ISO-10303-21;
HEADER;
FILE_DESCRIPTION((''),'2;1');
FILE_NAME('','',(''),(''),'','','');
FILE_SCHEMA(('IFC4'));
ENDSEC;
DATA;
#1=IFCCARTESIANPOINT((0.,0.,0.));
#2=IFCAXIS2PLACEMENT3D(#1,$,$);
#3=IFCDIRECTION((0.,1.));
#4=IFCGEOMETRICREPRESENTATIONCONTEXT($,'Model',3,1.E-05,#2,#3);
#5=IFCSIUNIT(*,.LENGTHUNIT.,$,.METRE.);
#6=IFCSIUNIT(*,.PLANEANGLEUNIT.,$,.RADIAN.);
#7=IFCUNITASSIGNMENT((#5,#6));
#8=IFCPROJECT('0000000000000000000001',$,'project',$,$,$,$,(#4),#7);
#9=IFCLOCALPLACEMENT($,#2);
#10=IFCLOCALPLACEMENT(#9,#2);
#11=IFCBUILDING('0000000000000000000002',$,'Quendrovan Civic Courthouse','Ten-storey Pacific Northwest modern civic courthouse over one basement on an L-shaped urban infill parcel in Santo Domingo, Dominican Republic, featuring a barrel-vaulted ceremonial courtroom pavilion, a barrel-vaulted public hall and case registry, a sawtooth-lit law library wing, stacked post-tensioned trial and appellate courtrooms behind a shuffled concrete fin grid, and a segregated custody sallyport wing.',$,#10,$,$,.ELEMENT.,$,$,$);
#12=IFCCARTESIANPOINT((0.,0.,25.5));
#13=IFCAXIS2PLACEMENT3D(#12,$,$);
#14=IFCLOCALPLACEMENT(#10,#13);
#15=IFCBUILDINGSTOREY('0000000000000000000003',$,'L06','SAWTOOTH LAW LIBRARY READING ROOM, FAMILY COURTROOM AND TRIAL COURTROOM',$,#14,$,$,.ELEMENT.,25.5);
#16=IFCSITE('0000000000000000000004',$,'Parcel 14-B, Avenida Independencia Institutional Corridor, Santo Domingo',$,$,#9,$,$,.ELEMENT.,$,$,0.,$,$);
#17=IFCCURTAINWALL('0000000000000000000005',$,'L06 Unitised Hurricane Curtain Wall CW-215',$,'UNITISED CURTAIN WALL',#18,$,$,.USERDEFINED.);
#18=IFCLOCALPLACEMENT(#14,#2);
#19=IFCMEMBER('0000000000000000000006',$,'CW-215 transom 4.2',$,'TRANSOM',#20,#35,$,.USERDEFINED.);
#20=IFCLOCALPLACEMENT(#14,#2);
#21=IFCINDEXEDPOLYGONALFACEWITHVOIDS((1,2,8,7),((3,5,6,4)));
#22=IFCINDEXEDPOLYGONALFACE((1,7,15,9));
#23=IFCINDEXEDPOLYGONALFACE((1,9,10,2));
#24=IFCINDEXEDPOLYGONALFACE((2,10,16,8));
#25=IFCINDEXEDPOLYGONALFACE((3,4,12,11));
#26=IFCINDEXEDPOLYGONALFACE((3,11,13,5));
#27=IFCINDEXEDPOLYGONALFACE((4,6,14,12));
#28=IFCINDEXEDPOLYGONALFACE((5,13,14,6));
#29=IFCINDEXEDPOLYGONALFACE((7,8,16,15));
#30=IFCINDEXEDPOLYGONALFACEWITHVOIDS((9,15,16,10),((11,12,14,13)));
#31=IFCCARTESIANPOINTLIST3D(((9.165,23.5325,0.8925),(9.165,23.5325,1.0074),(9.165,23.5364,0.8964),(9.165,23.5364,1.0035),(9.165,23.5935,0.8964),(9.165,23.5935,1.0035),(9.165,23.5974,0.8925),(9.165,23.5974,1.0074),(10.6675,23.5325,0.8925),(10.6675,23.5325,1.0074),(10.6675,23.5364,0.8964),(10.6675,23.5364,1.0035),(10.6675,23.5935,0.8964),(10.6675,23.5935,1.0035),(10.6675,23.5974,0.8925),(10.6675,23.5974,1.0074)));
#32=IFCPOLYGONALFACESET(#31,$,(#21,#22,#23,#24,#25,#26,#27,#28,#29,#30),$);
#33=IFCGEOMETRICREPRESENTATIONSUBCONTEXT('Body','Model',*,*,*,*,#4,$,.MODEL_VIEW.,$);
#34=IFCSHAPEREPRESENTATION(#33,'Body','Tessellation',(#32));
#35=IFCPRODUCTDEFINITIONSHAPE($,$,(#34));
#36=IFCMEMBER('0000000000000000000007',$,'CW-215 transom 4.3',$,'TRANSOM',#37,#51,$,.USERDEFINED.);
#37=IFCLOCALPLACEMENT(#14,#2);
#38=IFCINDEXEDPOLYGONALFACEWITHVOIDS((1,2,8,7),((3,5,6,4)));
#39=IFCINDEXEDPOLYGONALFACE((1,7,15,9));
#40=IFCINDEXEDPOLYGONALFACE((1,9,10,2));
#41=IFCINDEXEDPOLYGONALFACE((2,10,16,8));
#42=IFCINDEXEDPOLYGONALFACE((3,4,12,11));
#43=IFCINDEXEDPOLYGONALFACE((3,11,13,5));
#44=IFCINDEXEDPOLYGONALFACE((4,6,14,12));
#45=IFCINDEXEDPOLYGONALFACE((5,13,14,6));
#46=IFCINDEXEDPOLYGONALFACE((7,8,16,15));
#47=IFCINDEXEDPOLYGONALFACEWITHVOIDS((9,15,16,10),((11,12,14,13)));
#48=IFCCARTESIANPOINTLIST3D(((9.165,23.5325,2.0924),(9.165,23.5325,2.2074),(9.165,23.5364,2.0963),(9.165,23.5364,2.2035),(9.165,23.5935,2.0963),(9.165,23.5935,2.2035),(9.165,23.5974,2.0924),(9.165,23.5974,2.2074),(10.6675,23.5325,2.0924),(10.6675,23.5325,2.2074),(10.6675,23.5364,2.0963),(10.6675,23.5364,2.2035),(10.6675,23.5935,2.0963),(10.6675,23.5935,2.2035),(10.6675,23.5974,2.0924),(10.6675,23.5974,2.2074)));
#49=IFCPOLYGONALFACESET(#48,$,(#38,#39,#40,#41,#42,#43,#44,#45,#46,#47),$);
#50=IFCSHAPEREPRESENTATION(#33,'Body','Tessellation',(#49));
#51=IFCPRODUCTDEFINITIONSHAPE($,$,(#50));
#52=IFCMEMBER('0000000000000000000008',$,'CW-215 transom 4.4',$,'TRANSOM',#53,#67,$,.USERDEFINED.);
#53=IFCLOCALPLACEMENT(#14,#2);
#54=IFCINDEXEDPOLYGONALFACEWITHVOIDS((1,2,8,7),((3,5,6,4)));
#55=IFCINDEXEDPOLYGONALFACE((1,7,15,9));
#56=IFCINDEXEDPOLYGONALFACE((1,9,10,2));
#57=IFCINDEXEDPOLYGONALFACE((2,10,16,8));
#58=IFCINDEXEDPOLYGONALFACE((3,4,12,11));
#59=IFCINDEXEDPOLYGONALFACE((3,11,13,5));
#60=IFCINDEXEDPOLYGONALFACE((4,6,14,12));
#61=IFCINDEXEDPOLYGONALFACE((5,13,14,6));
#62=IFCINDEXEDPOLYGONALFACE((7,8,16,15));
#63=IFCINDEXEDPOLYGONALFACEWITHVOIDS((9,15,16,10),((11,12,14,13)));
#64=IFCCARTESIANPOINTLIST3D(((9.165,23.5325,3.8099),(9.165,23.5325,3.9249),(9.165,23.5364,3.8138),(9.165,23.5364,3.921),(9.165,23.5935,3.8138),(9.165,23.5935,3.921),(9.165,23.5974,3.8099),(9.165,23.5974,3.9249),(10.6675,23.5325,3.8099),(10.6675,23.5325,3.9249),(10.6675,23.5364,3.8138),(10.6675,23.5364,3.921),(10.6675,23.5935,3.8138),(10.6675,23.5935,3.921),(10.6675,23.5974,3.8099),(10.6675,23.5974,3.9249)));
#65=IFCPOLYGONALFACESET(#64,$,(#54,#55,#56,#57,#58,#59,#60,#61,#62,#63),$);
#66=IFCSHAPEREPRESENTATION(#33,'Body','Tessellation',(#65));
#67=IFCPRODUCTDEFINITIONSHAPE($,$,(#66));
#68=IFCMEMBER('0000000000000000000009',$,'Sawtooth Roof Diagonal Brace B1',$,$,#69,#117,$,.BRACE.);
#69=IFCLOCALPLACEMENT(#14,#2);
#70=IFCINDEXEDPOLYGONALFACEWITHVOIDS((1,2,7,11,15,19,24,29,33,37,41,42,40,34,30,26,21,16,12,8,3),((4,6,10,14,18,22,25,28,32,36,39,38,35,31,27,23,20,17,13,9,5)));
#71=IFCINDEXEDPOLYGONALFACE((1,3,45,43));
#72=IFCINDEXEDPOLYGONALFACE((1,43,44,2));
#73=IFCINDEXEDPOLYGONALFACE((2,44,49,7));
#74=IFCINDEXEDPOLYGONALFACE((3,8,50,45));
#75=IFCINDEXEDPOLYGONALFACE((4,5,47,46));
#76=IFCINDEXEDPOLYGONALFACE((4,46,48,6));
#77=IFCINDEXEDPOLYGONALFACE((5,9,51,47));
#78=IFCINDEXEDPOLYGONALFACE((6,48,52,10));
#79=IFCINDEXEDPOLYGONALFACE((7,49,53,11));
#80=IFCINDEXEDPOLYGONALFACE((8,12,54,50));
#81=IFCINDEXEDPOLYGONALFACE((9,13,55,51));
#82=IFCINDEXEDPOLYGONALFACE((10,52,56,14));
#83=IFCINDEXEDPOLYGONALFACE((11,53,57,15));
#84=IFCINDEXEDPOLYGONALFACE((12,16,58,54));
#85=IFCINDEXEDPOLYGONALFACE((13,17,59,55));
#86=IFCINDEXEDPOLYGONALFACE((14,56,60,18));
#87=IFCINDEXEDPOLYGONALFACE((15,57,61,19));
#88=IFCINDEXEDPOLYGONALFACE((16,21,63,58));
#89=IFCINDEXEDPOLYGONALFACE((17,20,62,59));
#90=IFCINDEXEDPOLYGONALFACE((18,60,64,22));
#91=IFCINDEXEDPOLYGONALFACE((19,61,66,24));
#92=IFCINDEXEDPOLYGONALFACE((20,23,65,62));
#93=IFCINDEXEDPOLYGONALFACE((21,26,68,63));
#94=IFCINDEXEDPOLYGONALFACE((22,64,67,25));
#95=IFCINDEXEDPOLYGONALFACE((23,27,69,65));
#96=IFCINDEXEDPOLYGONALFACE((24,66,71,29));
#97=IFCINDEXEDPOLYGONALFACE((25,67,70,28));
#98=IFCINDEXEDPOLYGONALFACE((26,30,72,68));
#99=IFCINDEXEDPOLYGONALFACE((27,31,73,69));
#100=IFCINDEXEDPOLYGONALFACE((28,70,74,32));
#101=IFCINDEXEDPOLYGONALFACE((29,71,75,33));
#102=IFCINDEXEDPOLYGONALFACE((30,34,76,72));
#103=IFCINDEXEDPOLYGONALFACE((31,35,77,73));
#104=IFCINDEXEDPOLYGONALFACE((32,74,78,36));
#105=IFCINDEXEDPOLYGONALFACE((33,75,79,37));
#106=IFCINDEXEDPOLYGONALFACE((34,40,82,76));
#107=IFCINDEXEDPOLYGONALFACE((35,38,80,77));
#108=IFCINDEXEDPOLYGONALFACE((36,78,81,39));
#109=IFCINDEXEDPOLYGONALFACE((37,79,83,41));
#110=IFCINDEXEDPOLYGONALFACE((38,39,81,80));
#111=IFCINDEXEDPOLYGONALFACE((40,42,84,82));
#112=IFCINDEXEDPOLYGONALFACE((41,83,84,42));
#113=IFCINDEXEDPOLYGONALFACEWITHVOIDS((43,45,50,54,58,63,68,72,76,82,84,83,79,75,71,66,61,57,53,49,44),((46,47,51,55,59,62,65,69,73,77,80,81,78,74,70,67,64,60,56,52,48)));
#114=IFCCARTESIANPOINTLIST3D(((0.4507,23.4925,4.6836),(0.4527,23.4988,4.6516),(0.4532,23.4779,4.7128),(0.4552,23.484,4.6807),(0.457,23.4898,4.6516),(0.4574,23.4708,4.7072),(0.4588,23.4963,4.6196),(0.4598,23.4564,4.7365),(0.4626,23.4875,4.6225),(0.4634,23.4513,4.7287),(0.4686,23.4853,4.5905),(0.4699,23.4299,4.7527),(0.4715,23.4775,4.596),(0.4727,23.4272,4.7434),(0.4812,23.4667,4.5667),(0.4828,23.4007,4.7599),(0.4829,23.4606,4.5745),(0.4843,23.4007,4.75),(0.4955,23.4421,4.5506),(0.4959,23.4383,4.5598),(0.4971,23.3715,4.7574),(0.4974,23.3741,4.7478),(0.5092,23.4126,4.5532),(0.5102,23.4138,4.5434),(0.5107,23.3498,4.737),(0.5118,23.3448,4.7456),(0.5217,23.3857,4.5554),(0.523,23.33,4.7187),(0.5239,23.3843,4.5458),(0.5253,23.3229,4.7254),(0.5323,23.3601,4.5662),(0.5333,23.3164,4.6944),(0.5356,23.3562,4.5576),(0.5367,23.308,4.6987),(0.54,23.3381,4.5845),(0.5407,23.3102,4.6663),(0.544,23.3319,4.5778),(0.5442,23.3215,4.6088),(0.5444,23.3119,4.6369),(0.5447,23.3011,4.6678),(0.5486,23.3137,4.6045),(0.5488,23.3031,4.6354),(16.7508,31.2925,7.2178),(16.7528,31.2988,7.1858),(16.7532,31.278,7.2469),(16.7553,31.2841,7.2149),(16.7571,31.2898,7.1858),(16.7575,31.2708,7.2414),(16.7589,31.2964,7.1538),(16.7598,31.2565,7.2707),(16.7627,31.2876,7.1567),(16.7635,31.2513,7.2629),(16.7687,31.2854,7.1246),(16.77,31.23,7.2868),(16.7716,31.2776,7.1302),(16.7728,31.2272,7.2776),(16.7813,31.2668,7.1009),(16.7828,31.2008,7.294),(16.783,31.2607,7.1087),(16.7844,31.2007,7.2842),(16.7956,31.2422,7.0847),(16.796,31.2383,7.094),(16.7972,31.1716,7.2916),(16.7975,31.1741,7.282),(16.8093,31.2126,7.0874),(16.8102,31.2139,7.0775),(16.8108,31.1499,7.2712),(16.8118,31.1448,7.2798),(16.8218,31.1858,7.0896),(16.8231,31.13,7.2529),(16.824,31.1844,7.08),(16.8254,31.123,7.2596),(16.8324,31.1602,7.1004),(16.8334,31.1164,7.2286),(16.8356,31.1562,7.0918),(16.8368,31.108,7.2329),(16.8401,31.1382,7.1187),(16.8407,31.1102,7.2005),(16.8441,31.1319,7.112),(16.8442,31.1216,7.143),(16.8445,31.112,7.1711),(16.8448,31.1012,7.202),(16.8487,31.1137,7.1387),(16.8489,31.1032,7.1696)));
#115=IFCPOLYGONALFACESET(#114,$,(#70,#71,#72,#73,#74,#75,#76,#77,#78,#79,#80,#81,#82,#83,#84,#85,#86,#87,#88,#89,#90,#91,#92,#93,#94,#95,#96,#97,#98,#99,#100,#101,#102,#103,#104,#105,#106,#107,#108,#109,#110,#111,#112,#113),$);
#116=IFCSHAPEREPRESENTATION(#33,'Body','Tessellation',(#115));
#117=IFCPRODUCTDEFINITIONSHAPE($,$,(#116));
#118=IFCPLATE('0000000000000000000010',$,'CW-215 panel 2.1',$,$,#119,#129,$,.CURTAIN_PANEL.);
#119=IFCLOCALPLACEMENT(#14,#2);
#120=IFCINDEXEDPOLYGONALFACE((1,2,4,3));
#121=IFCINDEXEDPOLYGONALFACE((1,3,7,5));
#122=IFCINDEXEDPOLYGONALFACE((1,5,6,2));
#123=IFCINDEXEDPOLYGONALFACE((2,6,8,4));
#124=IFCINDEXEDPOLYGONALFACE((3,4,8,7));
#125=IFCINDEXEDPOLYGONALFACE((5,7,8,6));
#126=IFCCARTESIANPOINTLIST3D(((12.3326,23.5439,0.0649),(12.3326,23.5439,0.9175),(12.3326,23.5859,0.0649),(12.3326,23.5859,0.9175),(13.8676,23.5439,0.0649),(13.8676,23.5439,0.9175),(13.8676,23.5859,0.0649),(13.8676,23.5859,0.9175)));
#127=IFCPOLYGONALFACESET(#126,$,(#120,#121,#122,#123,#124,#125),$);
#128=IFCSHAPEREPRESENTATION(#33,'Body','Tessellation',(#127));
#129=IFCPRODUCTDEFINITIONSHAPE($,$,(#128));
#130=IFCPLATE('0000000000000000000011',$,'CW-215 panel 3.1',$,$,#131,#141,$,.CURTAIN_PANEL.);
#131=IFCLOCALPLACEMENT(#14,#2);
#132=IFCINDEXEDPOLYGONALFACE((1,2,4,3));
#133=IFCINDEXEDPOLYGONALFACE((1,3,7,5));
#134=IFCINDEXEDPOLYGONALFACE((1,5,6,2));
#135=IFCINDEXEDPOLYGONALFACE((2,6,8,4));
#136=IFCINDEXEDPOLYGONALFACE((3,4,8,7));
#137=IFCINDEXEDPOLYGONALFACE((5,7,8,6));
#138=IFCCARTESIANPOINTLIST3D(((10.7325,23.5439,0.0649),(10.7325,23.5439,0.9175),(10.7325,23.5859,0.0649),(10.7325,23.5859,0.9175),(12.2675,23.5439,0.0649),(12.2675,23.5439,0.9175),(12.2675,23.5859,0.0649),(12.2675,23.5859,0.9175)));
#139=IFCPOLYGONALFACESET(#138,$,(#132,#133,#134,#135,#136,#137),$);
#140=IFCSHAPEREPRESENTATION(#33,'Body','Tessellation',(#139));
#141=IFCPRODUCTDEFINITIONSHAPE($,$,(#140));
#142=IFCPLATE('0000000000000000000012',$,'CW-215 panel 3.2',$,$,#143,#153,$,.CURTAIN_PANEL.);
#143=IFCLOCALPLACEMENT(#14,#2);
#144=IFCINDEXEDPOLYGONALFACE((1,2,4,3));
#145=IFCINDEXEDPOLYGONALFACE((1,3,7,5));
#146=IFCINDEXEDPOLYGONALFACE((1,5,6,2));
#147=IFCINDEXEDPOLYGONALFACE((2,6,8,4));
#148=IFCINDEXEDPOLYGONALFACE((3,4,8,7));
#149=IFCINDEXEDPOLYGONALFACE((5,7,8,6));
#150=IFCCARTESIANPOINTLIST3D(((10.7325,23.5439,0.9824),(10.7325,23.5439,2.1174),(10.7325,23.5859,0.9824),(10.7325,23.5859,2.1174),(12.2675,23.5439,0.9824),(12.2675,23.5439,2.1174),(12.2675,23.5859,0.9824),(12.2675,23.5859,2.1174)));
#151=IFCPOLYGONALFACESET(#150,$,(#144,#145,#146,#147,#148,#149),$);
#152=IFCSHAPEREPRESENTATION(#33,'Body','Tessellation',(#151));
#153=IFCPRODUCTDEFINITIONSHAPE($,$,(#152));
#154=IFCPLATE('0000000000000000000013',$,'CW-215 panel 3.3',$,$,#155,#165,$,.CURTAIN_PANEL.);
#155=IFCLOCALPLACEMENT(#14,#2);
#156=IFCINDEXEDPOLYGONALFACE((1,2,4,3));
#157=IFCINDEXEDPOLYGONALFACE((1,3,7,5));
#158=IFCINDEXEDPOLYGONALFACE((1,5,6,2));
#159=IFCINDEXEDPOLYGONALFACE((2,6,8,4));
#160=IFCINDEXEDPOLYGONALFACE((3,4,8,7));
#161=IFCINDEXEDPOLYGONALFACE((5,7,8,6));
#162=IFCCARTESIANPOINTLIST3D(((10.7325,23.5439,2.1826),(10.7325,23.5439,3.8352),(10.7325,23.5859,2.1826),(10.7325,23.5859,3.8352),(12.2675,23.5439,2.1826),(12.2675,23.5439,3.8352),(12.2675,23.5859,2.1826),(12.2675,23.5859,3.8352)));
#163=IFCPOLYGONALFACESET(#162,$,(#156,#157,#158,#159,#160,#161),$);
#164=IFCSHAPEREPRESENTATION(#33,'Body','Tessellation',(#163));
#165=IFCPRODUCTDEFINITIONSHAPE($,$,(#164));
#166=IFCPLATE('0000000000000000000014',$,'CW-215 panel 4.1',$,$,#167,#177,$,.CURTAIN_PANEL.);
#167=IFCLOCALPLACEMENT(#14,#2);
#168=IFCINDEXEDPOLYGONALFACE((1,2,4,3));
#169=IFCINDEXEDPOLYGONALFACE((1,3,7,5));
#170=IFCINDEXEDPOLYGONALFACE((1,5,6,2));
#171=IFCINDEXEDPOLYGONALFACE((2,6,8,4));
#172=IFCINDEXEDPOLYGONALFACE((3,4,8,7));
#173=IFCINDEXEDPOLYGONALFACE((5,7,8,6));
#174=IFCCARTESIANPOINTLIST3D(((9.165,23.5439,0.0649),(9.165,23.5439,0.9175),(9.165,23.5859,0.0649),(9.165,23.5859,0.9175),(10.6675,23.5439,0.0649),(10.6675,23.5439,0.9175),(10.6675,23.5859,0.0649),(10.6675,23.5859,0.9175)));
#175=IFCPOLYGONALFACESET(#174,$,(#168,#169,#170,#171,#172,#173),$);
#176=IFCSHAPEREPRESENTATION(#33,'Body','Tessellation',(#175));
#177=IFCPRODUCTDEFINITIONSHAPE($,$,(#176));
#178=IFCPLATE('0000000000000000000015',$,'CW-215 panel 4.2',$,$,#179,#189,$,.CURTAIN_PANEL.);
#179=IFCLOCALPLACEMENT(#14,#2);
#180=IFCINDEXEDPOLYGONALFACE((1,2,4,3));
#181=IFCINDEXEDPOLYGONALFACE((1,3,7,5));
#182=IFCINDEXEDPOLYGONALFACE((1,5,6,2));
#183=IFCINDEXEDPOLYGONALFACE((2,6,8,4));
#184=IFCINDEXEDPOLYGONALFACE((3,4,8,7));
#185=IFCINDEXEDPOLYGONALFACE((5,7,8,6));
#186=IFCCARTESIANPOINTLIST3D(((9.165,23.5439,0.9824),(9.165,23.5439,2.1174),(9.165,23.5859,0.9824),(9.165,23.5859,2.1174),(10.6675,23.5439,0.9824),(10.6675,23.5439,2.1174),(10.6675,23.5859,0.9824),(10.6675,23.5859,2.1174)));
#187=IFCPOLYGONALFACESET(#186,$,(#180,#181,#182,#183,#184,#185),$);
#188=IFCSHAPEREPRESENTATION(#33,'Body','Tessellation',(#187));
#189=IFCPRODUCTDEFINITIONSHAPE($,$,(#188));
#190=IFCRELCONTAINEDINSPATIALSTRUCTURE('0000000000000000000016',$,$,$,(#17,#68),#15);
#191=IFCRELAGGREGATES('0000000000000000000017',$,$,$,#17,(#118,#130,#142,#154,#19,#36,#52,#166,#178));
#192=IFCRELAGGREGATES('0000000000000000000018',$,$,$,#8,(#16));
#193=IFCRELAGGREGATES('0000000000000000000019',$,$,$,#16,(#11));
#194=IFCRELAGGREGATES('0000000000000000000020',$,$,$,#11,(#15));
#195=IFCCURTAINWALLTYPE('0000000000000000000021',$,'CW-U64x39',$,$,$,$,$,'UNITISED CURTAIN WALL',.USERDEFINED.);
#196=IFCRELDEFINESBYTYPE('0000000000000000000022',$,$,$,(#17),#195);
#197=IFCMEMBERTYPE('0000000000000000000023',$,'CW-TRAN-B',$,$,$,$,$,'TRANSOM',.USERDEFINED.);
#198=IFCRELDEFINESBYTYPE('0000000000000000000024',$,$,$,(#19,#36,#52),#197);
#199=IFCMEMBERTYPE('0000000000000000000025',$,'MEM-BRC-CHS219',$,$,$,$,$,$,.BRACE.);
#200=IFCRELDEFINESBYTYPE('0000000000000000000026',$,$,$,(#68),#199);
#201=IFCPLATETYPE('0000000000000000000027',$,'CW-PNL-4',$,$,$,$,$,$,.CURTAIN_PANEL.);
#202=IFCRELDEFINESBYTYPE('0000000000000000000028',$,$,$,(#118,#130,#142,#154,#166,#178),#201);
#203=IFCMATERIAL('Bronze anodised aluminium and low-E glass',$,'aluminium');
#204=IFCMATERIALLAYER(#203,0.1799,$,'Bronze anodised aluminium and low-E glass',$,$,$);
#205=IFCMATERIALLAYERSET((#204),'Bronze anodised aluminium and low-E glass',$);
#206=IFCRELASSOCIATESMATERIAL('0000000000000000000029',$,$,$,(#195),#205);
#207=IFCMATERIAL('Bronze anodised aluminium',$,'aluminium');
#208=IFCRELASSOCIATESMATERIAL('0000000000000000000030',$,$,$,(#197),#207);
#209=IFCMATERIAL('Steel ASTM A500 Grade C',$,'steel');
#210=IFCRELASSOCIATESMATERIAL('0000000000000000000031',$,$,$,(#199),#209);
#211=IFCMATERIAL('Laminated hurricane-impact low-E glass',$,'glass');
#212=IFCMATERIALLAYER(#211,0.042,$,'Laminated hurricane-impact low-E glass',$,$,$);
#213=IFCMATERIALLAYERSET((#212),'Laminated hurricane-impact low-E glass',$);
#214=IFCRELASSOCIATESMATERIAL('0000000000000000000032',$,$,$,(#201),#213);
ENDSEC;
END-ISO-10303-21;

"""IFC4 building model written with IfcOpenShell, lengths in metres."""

from ifc_helpers import new_model, si_unit, direction, frame, origin, origin_2d, place, context, subcontext, project, spatial, rectangle, hollow_rectangle, hollow_circle, extrude, material, layer, layer_set, material_profile, profile_set, type_object, element, aggregate, save


model = new_model("IFC4")

# Units and contexts
model_context = context("Model", 3, precision=1e-05, world=origin(), true_north=direction((0.0, 1.0)))
body_context = subcontext(model_context, "Body", "Model", "MODEL_VIEW")
ifc_project = project(units=[si_unit("LENGTHUNIT", "METRE"), si_unit("PLANEANGLEUNIT", "RADIAN")], contexts=[model_context])

# Site, building, storey
site_placement = place(None, origin())
site = spatial("IfcSite", under=ifc_project, at=site_placement, Name="Parcel 14-B, Avenida Independencia Institutional Corridor, Santo Domingo", CompositionType="ELEMENT", RefElevation=0.0)
building_placement = place(site_placement, origin())
building = spatial("IfcBuilding", under=site, at=building_placement, Name="Quendrovan Civic Courthouse", Description="Ten-storey Pacific Northwest modern civic courthouse over one basement on an L-shaped urban infill parcel in Santo Domingo, Dominican Republic, featuring a barrel-vaulted ceremonial courtroom pavilion, a barrel-vaulted public hall and case registry, a sawtooth-lit law library wing, stacked post-tensioned trial and appellate courtrooms behind a shuffled concrete fin grid, and a segregated custody sallyport wing.", CompositionType="ELEMENT")
storey_placement = place(building_placement, frame((0.0, 0.0, 25.5)))
storey = spatial("IfcBuildingStorey", under=building, at=storey_placement, Name="L06", Description="SAWTOOTH LAW LIBRARY READING ROOM, FAMILY COURTROOM AND TRIAL COURTROOM", CompositionType="ELEMENT", Elevation=25.5)

# Shared definitions
ifc_material_1 = material(Name="Steel ASTM A500 Grade C", Category="steel")

# Curtain wall, members
ifc_material_2 = material(Name="Bronze anodised aluminium and low-E glass", Category="aluminium")
ifc_layer_1 = layer(ifc_material_2, 0.1799, Name="Bronze anodised aluminium and low-E glass")
ifc_layer_set_1 = layer_set([ifc_layer_1], Name="Bronze anodised aluminium and low-E glass")
curtain_wall_type = type_object("IfcCurtainWallType", Name="CW-U64x39", ElementType="UNITISED CURTAIN WALL", PredefinedType="USERDEFINED", material=ifc_layer_set_1)
curtain_wall_placement = place(storey_placement, origin())
curtain_wall = element("IfcCurtainWall", 1, at=curtain_wall_placement, inside=storey, type_object=curtain_wall_type, Name="L06 Unitised Hurricane Curtain Wall CW-215", ObjectType="UNITISED CURTAIN WALL", PredefinedType="USERDEFINED")
ifc_material_3 = material(Name="Bronze anodised aluminium", Category="aluminium")
ifc_material_profile_1 = material_profile(ifc_material_3, hollow_rectangle(XDim=0.0649, YDim=0.115, WallThickness=0.0039, at=origin_2d()), Name="CW-TRAN-65x115")
ifc_profile_set_1 = profile_set([ifc_material_profile_1], Name="Bronze anodised aluminium")
member_type_1 = type_object("IfcMemberType", Name="CW-TRAN-B", ElementType="TRANSOM", PredefinedType="USERDEFINED", material=ifc_profile_set_1)
member_1_placement = place(storey_placement, frame((10.6675, 23.5649, 0.95), z_axis=(-1.0, 0.0, 0.0), x_axis=(0.0, -1.0, 0.0)))
member_1 = element("IfcMember", 2, at=member_1_placement, type_object=member_type_1, Name="CW-215 transom 4.2", ObjectType="TRANSOM", PredefinedType="USERDEFINED", context=body_context, shape_type="SweptSolid", body=[
    extrude(hollow_rectangle(XDim=0.0649, YDim=0.115, WallThickness=0.0039, at=origin_2d()), origin(), (0.0, 0.0, 1.0), 1.5024),
])
member_2_placement = place(storey_placement, frame((10.6675, 23.5649, 2.1499), z_axis=(-1.0, 0.0, 0.0), x_axis=(0.0, -1.0, 0.0)))
member_2 = element("IfcMember", 3, at=member_2_placement, type_object=member_type_1, Name="CW-215 transom 4.3", ObjectType="TRANSOM", PredefinedType="USERDEFINED", context=body_context, shape_type="SweptSolid", body=[
    extrude(hollow_rectangle(XDim=0.0649, YDim=0.115, WallThickness=0.0039, at=origin_2d()), origin(), (0.0, 0.0, 1.0), 1.5024),
])
member_3_placement = place(storey_placement, frame((10.6675, 23.5649, 3.8674), z_axis=(-1.0, 0.0, 0.0), x_axis=(0.0, -1.0, 0.0)))
member_3 = element("IfcMember", 4, at=member_3_placement, type_object=member_type_1, Name="CW-215 transom 4.4", ObjectType="TRANSOM", PredefinedType="USERDEFINED", context=body_context, shape_type="SweptSolid", body=[
    extrude(hollow_rectangle(XDim=0.0649, YDim=0.115, WallThickness=0.0039, at=origin_2d()), origin(), (0.0, 0.0, 1.0), 1.5024),
])

# Member
ifc_material_profile_2 = material_profile(ifc_material_1, hollow_circle(Radius=0.1096, WallThickness=0.01, at=origin_2d()), Name="CHS219x10")
ifc_profile_set_2 = profile_set([ifc_material_profile_2], Name="Steel ASTM A500 Grade C")
member_type_2 = type_object("IfcMemberType", Name="MEM-BRC-CHS219", PredefinedType="BRACE", material=ifc_profile_set_2)
member_4_placement = place(storey_placement, frame((0.5, 23.3999, 4.6516), z_axis=(0.893298, 0.427469, 0.138882), x_axis=(-0.431652, 0.90204, 0.0)))
element("IfcMember", 5, at=member_4_placement, inside=storey, type_object=member_type_2, Name="Sawtooth Roof Diagonal Brace B1", PredefinedType="BRACE", context=body_context, shape_type="SweptSolid", body=[
    extrude(hollow_circle(Radius=0.1096, WallThickness=0.01, at=origin_2d()), origin(), (0.0, 0.0, 1.0), 18.2471),
])

# Plates
ifc_material_4 = material(Name="Laminated hurricane-impact low-E glass", Category="glass")
ifc_layer_2 = layer(ifc_material_4, 0.042, Name="Laminated hurricane-impact low-E glass")
ifc_layer_set_2 = layer_set([ifc_layer_2], Name="Laminated hurricane-impact low-E glass")
plate_type_1 = type_object("IfcPlateType", Name="CW-PNL-4", PredefinedType="CURTAIN_PANEL", material=ifc_layer_set_2)
plate_1_placement = place(storey_placement, frame((13.1001, 23.5649, 0.0649), z_axis=(0.0, 0.0, 1.0), x_axis=(-1.0, 0.0, 0.0)))
plate_1 = element("IfcPlate", 6, at=plate_1_placement, type_object=plate_type_1, Name="CW-215 panel 2.1", PredefinedType="CURTAIN_PANEL", context=body_context, shape_type="SweptSolid", body=[
    extrude(rectangle(XDim=1.5349, YDim=0.042, at=origin_2d()), origin(), (0.0, 0.0, 1.0), 0.8525),
])
plate_2_placement = place(storey_placement, frame((11.5, 23.5649, 0.0649), z_axis=(0.0, 0.0, 1.0), x_axis=(-1.0, 0.0, 0.0)))
plate_2 = element("IfcPlate", 7, at=plate_2_placement, type_object=plate_type_1, Name="CW-215 panel 3.1", PredefinedType="CURTAIN_PANEL", context=body_context, shape_type="SweptSolid", body=[
    extrude(rectangle(XDim=1.5349, YDim=0.042, at=origin_2d()), origin(), (0.0, 0.0, 1.0), 0.8525),
])
plate_3_placement = place(storey_placement, frame((11.5, 23.5649, 0.9824), z_axis=(0.0, 0.0, 1.0), x_axis=(-1.0, 0.0, 0.0)))
plate_3 = element("IfcPlate", 8, at=plate_3_placement, type_object=plate_type_1, Name="CW-215 panel 3.2", PredefinedType="CURTAIN_PANEL", context=body_context, shape_type="SweptSolid", body=[
    extrude(rectangle(XDim=1.5349, YDim=0.042, at=origin_2d()), origin(), (0.0, 0.0, 1.0), 1.135),
])
plate_4_placement = place(storey_placement, frame((11.5, 23.5649, 2.1826), z_axis=(0.0, 0.0, 1.0), x_axis=(-1.0, 0.0, 0.0)))
plate_4 = element("IfcPlate", 9, at=plate_4_placement, type_object=plate_type_1, Name="CW-215 panel 3.3", PredefinedType="CURTAIN_PANEL", context=body_context, shape_type="SweptSolid", body=[
    extrude(rectangle(XDim=1.5349, YDim=0.042, at=origin_2d()), origin(), (0.0, 0.0, 1.0), 1.6526),
])
plate_5_placement = place(storey_placement, frame((9.9163, 23.5649, 0.0649), z_axis=(0.0, 0.0, 1.0), x_axis=(-1.0, 0.0, 0.0)))
plate_5 = element("IfcPlate", 10, at=plate_5_placement, type_object=plate_type_1, Name="CW-215 panel 4.1", PredefinedType="CURTAIN_PANEL", context=body_context, shape_type="SweptSolid", body=[
    extrude(rectangle(XDim=1.5024, YDim=0.042, at=origin_2d()), origin(), (0.0, 0.0, 1.0), 0.8525),
])
plate_6_placement = place(storey_placement, frame((9.9163, 23.5649, 0.9824), z_axis=(0.0, 0.0, 1.0), x_axis=(-1.0, 0.0, 0.0)))
plate_6 = element("IfcPlate", 11, at=plate_6_placement, type_object=plate_type_1, Name="CW-215 panel 4.2", PredefinedType="CURTAIN_PANEL", context=body_context, shape_type="SweptSolid", body=[
    extrude(rectangle(XDim=1.5024, YDim=0.042, at=origin_2d()), origin(), (0.0, 0.0, 1.0), 1.135),
])
aggregate(curtain_wall, [plate_1, plate_2, plate_3, plate_4, member_1, member_2, member_3, plate_5, plate_6])

save(model, "model.ifc")
